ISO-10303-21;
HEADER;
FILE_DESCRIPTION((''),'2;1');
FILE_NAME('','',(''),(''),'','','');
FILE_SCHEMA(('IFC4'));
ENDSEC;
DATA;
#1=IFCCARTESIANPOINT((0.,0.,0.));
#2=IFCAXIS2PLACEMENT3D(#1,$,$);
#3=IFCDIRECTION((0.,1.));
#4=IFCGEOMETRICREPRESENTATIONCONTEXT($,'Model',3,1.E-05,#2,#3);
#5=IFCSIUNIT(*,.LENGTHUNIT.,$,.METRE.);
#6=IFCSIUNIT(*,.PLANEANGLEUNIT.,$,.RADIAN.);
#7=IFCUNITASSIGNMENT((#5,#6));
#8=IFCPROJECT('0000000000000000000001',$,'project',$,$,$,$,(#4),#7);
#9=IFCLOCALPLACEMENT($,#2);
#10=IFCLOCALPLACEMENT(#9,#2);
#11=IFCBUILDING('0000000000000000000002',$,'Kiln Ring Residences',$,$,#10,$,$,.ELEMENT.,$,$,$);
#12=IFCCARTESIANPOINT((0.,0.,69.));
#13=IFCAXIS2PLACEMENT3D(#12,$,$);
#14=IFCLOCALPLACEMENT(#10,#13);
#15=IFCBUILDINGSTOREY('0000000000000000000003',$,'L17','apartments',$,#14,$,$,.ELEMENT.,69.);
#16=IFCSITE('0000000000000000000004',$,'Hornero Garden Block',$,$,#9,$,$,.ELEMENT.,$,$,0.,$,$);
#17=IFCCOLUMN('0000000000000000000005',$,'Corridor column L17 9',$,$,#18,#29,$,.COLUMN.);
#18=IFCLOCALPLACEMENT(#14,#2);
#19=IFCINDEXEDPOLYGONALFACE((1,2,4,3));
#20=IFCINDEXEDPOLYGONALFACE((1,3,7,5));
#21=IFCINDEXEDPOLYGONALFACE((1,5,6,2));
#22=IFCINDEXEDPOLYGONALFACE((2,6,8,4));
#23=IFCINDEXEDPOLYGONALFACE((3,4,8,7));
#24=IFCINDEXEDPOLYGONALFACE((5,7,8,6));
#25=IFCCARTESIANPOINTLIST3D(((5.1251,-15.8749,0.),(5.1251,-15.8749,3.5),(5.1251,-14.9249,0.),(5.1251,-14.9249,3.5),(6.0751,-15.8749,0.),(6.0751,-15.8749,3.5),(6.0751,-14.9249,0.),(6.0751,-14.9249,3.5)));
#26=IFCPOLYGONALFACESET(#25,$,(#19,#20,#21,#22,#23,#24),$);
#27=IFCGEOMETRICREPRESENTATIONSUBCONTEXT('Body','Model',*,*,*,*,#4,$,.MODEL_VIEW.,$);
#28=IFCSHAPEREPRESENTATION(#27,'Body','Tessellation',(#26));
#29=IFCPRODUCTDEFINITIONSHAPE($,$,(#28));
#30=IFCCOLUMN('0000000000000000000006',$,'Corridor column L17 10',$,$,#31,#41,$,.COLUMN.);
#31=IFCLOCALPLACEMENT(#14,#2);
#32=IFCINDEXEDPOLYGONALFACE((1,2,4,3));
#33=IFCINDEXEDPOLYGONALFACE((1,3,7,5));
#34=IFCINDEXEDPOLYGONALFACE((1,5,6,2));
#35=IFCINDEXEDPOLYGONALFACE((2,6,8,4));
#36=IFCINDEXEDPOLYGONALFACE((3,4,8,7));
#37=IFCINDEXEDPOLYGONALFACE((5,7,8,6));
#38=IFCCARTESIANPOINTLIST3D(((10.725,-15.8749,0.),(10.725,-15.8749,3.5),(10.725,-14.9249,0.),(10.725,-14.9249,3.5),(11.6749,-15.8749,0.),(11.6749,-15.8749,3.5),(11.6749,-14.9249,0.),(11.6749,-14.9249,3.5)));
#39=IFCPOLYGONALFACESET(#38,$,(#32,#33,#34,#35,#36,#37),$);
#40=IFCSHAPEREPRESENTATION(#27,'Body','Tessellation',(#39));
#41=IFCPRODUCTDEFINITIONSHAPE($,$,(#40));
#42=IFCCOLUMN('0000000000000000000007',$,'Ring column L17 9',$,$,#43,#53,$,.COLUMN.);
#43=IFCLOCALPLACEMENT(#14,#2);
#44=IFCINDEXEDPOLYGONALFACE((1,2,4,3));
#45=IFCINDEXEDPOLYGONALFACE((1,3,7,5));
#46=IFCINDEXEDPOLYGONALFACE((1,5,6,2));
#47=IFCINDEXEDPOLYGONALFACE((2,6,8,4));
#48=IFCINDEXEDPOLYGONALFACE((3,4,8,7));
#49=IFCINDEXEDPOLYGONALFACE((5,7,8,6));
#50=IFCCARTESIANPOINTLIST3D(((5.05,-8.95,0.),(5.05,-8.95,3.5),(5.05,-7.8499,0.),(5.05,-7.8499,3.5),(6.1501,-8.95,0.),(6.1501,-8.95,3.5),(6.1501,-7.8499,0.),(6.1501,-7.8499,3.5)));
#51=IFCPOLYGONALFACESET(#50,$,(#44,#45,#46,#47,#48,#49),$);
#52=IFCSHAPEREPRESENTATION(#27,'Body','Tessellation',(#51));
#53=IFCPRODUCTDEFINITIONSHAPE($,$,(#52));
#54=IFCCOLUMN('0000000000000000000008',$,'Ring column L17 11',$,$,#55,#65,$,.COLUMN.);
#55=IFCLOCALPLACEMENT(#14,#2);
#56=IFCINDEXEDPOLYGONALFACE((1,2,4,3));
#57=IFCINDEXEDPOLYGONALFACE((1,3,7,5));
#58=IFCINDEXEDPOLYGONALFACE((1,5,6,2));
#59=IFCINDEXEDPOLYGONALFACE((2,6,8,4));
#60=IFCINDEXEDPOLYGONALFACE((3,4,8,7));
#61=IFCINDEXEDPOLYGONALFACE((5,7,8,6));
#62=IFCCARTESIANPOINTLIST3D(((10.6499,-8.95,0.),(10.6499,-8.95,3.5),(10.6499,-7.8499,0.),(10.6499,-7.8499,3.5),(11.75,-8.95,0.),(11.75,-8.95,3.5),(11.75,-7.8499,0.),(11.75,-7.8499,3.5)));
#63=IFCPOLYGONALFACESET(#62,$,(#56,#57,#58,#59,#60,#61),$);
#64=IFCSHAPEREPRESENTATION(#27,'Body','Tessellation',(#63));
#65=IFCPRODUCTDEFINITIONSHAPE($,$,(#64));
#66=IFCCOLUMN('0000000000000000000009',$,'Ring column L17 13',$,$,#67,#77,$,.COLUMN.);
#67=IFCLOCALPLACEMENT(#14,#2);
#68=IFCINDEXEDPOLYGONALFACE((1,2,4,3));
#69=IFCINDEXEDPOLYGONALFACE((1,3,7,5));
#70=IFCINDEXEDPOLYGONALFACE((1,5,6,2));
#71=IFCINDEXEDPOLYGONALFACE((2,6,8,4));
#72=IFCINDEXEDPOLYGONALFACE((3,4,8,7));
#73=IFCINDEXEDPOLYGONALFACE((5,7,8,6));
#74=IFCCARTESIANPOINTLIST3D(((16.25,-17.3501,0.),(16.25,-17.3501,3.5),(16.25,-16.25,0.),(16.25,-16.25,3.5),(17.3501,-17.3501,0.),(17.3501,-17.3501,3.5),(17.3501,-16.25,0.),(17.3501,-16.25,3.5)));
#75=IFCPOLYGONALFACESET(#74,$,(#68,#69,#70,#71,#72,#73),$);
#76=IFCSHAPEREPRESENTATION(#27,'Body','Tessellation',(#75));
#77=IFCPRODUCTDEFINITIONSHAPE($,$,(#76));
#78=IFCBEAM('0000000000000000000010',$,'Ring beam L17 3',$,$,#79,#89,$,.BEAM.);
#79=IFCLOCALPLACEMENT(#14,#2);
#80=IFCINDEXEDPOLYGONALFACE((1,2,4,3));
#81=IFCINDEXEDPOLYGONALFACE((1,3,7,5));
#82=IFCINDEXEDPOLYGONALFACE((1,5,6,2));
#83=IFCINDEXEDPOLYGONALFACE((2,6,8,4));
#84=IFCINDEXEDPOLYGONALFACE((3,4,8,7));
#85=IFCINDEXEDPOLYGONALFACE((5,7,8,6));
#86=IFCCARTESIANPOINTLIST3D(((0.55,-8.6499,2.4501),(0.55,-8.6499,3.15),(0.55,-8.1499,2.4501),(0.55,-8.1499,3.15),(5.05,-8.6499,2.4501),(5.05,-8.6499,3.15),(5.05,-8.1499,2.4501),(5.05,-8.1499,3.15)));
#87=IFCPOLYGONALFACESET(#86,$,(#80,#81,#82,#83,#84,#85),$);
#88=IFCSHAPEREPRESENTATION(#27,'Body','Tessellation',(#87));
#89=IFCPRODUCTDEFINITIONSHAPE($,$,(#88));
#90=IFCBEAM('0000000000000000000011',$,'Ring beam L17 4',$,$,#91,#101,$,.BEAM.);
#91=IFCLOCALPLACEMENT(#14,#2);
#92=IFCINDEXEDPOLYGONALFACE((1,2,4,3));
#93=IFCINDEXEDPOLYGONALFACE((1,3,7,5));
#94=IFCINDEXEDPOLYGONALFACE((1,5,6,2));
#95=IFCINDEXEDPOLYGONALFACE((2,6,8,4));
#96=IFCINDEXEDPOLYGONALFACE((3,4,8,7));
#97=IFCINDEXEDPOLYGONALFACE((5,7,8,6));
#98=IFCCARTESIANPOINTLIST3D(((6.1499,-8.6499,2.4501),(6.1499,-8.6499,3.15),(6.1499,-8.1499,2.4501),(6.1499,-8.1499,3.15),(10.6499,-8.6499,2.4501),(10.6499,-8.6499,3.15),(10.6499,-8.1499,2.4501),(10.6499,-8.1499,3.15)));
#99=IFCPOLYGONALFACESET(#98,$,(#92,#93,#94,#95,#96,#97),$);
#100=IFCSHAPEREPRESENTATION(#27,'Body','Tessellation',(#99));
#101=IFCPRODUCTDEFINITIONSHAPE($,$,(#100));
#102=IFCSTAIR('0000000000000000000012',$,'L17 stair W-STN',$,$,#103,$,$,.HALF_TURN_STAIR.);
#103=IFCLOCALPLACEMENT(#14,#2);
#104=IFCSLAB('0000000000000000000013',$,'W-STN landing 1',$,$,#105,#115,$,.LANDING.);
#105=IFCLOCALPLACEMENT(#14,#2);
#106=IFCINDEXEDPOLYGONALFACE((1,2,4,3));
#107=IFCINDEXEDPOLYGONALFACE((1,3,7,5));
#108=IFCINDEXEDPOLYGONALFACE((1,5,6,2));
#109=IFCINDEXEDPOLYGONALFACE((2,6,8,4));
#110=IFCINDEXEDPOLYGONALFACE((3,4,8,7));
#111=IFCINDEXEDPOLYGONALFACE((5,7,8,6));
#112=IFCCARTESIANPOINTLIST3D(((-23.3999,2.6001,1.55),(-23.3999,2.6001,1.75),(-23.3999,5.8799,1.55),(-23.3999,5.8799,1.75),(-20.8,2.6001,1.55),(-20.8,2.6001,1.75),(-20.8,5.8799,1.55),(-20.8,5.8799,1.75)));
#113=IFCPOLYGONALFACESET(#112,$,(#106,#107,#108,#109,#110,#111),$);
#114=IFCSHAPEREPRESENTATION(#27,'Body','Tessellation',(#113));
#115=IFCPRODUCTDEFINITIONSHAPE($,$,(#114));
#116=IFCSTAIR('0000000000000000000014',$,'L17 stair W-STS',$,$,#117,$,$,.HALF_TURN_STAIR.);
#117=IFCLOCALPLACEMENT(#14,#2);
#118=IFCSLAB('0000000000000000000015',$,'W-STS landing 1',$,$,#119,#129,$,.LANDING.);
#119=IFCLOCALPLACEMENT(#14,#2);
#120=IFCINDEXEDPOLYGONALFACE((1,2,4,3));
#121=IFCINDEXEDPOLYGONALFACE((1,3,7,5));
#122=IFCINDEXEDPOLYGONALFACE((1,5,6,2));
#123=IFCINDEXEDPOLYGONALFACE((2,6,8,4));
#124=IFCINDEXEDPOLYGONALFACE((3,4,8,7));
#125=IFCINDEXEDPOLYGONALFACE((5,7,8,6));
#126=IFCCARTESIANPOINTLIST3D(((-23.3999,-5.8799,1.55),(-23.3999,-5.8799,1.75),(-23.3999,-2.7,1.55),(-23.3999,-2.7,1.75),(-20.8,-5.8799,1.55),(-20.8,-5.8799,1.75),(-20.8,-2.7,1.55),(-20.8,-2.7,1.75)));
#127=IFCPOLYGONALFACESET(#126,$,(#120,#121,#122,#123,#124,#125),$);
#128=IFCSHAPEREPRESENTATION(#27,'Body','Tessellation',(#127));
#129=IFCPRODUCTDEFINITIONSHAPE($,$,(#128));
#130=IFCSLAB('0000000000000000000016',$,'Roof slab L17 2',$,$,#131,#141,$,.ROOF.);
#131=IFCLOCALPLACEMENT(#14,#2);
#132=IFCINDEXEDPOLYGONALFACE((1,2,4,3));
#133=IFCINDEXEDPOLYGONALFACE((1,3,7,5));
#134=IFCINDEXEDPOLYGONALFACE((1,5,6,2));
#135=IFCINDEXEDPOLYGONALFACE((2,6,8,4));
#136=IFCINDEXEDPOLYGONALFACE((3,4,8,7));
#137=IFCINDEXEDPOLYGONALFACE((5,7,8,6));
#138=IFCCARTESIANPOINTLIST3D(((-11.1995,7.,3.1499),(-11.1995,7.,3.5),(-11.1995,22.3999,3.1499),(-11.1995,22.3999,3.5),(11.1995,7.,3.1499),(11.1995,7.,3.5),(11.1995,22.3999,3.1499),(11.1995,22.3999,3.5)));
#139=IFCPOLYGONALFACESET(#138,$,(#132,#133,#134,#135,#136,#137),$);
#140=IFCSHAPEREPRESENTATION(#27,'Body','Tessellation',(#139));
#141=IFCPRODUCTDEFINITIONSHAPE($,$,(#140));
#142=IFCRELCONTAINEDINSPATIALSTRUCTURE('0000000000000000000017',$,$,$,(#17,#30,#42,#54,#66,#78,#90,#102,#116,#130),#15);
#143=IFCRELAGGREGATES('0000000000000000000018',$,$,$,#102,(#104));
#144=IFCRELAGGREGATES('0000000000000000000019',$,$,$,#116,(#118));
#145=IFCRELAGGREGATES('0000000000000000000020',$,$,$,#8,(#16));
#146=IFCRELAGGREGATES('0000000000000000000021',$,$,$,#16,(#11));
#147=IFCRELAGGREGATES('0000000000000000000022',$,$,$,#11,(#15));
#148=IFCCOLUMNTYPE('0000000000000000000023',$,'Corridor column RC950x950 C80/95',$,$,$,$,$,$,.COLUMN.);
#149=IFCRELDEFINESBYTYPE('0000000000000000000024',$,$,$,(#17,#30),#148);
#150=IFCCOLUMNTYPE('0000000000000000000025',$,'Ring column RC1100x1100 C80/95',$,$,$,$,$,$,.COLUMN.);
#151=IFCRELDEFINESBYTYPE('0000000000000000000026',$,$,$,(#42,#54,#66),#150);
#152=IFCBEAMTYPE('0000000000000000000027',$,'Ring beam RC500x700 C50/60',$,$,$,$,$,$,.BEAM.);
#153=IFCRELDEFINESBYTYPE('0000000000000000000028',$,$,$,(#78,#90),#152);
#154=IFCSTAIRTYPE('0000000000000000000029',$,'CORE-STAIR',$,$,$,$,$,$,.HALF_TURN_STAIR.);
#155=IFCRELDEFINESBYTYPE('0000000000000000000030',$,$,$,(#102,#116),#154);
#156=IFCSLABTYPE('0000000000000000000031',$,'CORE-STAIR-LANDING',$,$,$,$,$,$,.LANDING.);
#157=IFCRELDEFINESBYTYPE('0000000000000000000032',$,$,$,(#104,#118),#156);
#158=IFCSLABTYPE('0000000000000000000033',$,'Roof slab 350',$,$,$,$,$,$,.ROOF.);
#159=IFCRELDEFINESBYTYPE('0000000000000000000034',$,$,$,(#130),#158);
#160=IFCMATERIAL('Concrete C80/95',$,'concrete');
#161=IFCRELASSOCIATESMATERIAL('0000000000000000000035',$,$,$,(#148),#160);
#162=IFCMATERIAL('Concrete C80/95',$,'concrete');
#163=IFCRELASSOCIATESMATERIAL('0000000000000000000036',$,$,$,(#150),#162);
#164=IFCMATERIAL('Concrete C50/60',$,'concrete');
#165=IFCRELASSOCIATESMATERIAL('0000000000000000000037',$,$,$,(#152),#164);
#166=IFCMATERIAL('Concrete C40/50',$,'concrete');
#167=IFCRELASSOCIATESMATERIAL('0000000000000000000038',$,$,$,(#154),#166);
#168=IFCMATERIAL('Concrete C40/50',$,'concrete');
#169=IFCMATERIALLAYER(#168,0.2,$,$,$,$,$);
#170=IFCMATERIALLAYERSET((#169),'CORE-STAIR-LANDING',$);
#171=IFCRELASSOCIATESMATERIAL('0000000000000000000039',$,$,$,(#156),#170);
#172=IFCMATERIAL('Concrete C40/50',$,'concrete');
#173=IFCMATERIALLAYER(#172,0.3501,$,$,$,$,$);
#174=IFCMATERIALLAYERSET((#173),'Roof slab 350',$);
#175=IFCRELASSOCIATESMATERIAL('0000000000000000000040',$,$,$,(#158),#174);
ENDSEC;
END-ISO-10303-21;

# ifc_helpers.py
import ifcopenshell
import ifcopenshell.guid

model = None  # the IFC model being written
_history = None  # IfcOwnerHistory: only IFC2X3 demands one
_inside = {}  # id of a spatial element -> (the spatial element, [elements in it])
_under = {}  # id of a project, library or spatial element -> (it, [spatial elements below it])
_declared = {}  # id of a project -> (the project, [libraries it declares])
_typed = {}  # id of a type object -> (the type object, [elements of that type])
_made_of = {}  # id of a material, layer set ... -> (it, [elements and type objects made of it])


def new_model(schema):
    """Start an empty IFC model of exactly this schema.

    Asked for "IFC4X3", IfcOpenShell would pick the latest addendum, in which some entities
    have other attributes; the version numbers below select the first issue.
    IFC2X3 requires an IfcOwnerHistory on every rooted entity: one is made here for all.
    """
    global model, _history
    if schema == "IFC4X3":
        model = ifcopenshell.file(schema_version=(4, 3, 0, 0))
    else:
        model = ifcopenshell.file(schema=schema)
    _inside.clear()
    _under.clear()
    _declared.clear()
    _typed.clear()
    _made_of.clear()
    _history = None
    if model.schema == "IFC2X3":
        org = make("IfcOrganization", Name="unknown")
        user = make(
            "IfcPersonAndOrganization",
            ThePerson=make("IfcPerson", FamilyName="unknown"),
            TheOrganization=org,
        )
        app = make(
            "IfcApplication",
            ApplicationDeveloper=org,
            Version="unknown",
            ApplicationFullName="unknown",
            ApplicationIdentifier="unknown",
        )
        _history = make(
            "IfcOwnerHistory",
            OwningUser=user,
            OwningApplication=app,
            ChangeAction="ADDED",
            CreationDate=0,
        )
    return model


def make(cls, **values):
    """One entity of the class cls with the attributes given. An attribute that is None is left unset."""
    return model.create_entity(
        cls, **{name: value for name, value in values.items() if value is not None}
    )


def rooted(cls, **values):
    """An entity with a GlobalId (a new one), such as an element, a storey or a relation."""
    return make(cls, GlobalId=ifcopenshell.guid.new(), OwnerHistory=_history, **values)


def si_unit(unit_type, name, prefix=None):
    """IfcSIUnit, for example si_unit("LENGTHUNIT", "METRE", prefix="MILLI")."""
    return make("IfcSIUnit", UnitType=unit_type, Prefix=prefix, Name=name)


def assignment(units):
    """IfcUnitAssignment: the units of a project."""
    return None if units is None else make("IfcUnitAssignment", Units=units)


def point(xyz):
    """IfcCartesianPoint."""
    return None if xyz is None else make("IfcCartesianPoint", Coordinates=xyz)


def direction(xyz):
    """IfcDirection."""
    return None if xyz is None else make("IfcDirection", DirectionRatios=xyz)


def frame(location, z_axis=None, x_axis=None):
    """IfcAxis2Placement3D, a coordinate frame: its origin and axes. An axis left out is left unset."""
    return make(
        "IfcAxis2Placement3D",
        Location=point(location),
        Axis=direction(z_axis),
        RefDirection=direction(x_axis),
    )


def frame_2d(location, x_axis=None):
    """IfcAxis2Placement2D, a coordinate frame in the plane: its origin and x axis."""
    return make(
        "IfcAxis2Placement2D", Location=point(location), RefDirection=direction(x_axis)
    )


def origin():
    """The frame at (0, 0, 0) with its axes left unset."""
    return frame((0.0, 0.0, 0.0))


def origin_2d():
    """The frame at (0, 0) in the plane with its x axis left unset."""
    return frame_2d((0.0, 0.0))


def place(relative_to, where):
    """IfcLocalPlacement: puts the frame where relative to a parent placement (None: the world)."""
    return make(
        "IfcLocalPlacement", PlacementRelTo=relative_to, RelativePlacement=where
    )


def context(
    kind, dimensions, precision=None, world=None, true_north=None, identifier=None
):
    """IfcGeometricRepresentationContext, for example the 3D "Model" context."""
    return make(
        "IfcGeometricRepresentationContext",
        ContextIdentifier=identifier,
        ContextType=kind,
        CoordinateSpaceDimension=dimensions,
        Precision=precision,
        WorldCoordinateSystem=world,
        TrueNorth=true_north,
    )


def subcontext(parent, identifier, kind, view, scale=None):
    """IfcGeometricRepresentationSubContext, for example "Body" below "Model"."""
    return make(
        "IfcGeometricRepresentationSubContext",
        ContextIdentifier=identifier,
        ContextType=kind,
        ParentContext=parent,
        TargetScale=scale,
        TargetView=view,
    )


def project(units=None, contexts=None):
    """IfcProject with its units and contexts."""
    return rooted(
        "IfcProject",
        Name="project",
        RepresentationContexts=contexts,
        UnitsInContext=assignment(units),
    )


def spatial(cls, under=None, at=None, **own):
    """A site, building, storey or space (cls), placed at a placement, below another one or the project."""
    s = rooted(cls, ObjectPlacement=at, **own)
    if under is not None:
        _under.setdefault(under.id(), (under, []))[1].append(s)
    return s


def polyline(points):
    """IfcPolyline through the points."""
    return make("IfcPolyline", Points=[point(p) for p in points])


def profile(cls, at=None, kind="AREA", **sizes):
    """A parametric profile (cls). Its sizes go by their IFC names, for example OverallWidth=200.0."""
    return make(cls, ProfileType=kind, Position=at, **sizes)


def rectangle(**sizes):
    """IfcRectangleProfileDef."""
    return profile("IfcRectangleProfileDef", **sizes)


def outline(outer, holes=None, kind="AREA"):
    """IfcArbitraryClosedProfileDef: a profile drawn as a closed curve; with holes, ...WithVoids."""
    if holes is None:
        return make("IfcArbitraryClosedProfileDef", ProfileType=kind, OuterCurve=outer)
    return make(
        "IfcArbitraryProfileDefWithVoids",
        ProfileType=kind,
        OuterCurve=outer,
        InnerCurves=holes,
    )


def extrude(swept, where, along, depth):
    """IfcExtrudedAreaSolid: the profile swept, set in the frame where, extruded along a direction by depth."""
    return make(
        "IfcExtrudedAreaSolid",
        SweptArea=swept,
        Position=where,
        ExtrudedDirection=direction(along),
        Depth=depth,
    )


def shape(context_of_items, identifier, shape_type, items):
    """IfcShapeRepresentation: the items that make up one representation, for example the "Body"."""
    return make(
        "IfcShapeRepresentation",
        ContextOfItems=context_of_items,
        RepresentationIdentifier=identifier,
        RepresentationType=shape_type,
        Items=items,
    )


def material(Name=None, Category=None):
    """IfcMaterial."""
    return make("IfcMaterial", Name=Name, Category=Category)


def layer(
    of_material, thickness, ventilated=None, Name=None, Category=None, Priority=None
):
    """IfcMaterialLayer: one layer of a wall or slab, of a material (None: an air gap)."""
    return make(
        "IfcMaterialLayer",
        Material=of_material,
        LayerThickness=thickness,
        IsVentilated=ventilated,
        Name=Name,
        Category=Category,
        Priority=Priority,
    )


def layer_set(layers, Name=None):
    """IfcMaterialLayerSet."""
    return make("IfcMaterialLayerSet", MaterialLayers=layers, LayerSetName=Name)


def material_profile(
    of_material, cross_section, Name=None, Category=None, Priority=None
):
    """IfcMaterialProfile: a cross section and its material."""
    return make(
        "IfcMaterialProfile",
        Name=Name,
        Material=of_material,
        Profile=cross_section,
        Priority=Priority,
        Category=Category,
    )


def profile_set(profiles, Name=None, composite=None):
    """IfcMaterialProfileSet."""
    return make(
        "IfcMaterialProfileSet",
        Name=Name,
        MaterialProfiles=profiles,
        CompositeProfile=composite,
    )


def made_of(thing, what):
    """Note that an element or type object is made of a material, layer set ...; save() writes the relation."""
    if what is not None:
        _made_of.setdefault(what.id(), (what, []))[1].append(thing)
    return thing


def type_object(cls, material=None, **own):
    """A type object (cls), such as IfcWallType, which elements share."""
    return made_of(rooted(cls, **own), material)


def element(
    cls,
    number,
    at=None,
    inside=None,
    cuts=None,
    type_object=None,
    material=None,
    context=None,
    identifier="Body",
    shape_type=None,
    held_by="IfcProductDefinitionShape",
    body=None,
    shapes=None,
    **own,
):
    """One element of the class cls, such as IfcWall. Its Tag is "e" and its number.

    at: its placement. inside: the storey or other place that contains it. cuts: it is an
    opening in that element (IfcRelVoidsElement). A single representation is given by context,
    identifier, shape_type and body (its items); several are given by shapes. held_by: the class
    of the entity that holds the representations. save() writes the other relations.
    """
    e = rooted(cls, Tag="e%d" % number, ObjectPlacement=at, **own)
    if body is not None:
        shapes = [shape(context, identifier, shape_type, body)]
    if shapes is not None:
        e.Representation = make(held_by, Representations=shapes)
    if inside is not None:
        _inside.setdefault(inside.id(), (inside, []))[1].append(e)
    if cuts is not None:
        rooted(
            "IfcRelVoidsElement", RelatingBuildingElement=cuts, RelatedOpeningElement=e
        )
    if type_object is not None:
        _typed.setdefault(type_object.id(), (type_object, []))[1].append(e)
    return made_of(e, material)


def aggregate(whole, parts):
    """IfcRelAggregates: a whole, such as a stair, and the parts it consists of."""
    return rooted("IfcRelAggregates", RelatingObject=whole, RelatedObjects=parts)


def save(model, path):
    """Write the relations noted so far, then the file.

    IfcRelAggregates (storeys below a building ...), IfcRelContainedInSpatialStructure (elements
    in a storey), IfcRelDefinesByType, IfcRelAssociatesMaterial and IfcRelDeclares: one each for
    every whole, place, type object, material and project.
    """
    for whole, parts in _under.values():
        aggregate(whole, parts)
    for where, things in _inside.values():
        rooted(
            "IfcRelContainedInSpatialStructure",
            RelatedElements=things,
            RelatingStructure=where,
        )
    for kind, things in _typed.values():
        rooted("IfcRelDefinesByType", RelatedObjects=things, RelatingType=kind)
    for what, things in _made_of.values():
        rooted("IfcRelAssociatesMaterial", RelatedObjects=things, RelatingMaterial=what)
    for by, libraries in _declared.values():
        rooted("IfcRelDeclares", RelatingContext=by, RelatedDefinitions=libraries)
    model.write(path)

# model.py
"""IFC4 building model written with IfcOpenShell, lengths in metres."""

from ifc_helpers import new_model, si_unit, direction, frame, origin, origin_2d, place, context, subcontext, project, spatial, polyline, rectangle, outline, extrude, material, layer, layer_set, material_profile, profile_set, type_object, element, aggregate, save


model = new_model("IFC4")

# Units and contexts
model_context = context("Model", 3, precision=1e-05, world=origin(), true_north=direction((0.0, 1.0)))
body_context = subcontext(model_context, "Body", "Model", "MODEL_VIEW")
ifc_project = project(units=[si_unit("LENGTHUNIT", "METRE"), si_unit("PLANEANGLEUNIT", "RADIAN")], contexts=[model_context])

# Site, building, storey
site_placement = place(None, origin())
site = spatial("IfcSite", under=ifc_project, at=site_placement, Name="Hornero Garden Block", CompositionType="ELEMENT", RefElevation=0.0)
building_placement = place(site_placement, origin())
building = spatial("IfcBuilding", under=site, at=building_placement, Name="Kiln Ring Residences", CompositionType="ELEMENT")
storey_placement = place(building_placement, frame((0.0, 0.0, 69.0)))
storey = spatial("IfcBuildingStorey", under=building, at=storey_placement, Name="L17", Description="apartments", CompositionType="ELEMENT", Elevation=69.0)

# Columns
ifc_material_1 = material(Name="Concrete C80/95", Category="concrete")
ifc_material_profile_1 = material_profile(ifc_material_1, rectangle(XDim=0.95, YDim=0.95, at=origin_2d()), Name="RC950x950")
ifc_profile_set_1 = profile_set([ifc_material_profile_1], Name="Concrete C80/95")
column_type_1 = type_object("IfcColumnType", Name="Corridor column RC950x950 C80/95", PredefinedType="COLUMN", material=ifc_profile_set_1)
for number, where, z_axis, x_axis, name in (
    (1, (5.6001, -15.3999, 0.0), (0.0, 0.0, 1.0), (1.0, 0.0, 0.0), "Corridor column L17 9"),
    (2, (11.2, -15.3999, 0.0), (0.0, 0.0, 1.0), (1.0, 0.0, 0.0), "Corridor column L17 10"),
):
    element("IfcColumn", number, at=place(storey_placement, frame(where, z_axis=z_axis, x_axis=x_axis)), inside=storey, type_object=column_type_1, Name=name, PredefinedType="COLUMN", context=body_context, shape_type="SweptSolid", body=[
        extrude(rectangle(XDim=0.95, YDim=0.95, at=origin_2d()), origin(), (0.0, 0.0, 1.0), 3.5),
    ])
ifc_material_2 = material(Name="Concrete C80/95", Category="concrete")
ifc_material_profile_2 = material_profile(ifc_material_2, rectangle(XDim=1.1001, YDim=1.1001, at=origin_2d()), Name="RC1100x1100")
ifc_profile_set_2 = profile_set([ifc_material_profile_2], Name="Concrete C80/95")
column_type_2 = type_object("IfcColumnType", Name="Ring column RC1100x1100 C80/95", PredefinedType="COLUMN", material=ifc_profile_set_2)
for number, where, z_axis, x_axis, name in (
    (3, (5.6001, -8.3999, 0.0), (0.0, 0.0, 1.0), (1.0, 0.0, 0.0), "Ring column L17 9"),
    (4, (11.2, -8.3999, 0.0), (0.0, 0.0, 1.0), (1.0, 0.0, 0.0), "Ring column L17 11"),
    (5, (16.8, -16.8, 0.0), (0.0, 0.0, 1.0), (1.0, 0.0, 0.0), "Ring column L17 13"),
):
    element("IfcColumn", number, at=place(storey_placement, frame(where, z_axis=z_axis, x_axis=x_axis)), inside=storey, type_object=column_type_2, Name=name, PredefinedType="COLUMN", context=body_context, shape_type="SweptSolid", body=[
        extrude(rectangle(XDim=1.1001, YDim=1.1001, at=origin_2d()), origin(), (0.0, 0.0, 1.0), 3.5),
    ])

# Beams
ifc_material_3 = material(Name="Concrete C50/60", Category="concrete")
ifc_material_profile_3 = material_profile(ifc_material_3, rectangle(XDim=0.5, YDim=0.7, at=origin_2d()), Name="RC500x700")
ifc_profile_set_3 = profile_set([ifc_material_profile_3], Name="Concrete C50/60")
beam_type = type_object("IfcBeamType", Name="Ring beam RC500x700 C50/60", PredefinedType="BEAM", material=ifc_profile_set_3)
for number, where, z_axis, x_axis, name in (
    (6, (0.55, -8.3999, 2.8), (1.0, 0.0, 0.0), (0.0, 1.0, 0.0), "Ring beam L17 3"),
    (7, (6.1499, -8.3999, 2.8), (1.0, 0.0, 0.0), (0.0, 1.0, 0.0), "Ring beam L17 4"),
):
    element("IfcBeam", number, at=place(storey_placement, frame(where, z_axis=z_axis, x_axis=x_axis)), inside=storey, type_object=beam_type, Name=name, PredefinedType="BEAM", context=body_context, shape_type="SweptSolid", body=[
        extrude(rectangle(XDim=0.5, YDim=0.7, at=origin_2d()), origin(), (0.0, 0.0, 1.0), 4.5),
    ])

# Stairs, slabs
ifc_material_4 = material(Name="Concrete C40/50", Category="concrete")
stair_type = type_object("IfcStairType", Name="CORE-STAIR", PredefinedType="HALF_TURN_STAIR", material=ifc_material_4)
placement_1 = place(storey_placement, origin())
stair_1 = element("IfcStair", 8, at=placement_1, inside=storey, type_object=stair_type, Name="L17 stair W-STN", PredefinedType="HALF_TURN_STAIR")
ifc_material_5 = material(Name="Concrete C40/50", Category="concrete")
ifc_layer_1 = layer(ifc_material_5, 0.2)
ifc_layer_set_1 = layer_set([ifc_layer_1], Name="CORE-STAIR-LANDING")
slab_type_1 = type_object("IfcSlabType", Name="CORE-STAIR-LANDING", PredefinedType="LANDING", material=ifc_layer_set_1)
placement_2 = place(storey_placement, frame((0.0, 0.0, 1.55)))
slab_1 = element("IfcSlab", 9, at=placement_2, type_object=slab_type_1, Name="W-STN landing 1", PredefinedType="LANDING", context=body_context, shape_type="SweptSolid", body=[
    extrude(outline(polyline([(-23.3999, 5.8799), (-23.3999, 2.6001), (-20.8, 2.6001), (-20.8, 5.8799), (-23.3999, 5.8799)])), origin(), (0.0, 0.0, 1.0), 0.2),
])
aggregate(stair_1, [slab_1])
stair_2 = element("IfcStair", 10, at=placement_1, inside=storey, type_object=stair_type, Name="L17 stair W-STS", PredefinedType="HALF_TURN_STAIR")
slab_2 = element("IfcSlab", 11, at=placement_2, type_object=slab_type_1, Name="W-STS landing 1", PredefinedType="LANDING", context=body_context, shape_type="SweptSolid", body=[
    extrude(outline(polyline([(-20.8, -5.8799), (-20.8, -2.7), (-23.3999, -2.7), (-23.3999, -5.8799), (-20.8, -5.8799)])), origin(), (0.0, 0.0, 1.0), 0.2),
])
aggregate(stair_2, [slab_2])

# Slab
ifc_material_6 = material(Name="Concrete C40/50", Category="concrete")
ifc_layer_2 = layer(ifc_material_6, 0.3501)
ifc_layer_set_2 = layer_set([ifc_layer_2], Name="Roof slab 350")
slab_type_2 = type_object("IfcSlabType", Name="Roof slab 350", PredefinedType="ROOF", material=ifc_layer_set_2)
slab_3_placement = place(storey_placement, frame((0.0, 0.0, 3.1499)))
element("IfcSlab", 12, at=slab_3_placement, inside=storey, type_object=slab_type_2, Name="Roof slab L17 2", PredefinedType="ROOF", context=body_context, shape_type="SweptSolid", body=[
    extrude(outline(polyline([(-11.1995, 22.3999), (-11.1995, 7.0), (11.1995, 7.0), (11.1995, 22.3999), (-11.1995, 22.3999)])), origin(), (0.0, 0.0, 1.0), 0.3501),
])

save(model, "model.ifc")
